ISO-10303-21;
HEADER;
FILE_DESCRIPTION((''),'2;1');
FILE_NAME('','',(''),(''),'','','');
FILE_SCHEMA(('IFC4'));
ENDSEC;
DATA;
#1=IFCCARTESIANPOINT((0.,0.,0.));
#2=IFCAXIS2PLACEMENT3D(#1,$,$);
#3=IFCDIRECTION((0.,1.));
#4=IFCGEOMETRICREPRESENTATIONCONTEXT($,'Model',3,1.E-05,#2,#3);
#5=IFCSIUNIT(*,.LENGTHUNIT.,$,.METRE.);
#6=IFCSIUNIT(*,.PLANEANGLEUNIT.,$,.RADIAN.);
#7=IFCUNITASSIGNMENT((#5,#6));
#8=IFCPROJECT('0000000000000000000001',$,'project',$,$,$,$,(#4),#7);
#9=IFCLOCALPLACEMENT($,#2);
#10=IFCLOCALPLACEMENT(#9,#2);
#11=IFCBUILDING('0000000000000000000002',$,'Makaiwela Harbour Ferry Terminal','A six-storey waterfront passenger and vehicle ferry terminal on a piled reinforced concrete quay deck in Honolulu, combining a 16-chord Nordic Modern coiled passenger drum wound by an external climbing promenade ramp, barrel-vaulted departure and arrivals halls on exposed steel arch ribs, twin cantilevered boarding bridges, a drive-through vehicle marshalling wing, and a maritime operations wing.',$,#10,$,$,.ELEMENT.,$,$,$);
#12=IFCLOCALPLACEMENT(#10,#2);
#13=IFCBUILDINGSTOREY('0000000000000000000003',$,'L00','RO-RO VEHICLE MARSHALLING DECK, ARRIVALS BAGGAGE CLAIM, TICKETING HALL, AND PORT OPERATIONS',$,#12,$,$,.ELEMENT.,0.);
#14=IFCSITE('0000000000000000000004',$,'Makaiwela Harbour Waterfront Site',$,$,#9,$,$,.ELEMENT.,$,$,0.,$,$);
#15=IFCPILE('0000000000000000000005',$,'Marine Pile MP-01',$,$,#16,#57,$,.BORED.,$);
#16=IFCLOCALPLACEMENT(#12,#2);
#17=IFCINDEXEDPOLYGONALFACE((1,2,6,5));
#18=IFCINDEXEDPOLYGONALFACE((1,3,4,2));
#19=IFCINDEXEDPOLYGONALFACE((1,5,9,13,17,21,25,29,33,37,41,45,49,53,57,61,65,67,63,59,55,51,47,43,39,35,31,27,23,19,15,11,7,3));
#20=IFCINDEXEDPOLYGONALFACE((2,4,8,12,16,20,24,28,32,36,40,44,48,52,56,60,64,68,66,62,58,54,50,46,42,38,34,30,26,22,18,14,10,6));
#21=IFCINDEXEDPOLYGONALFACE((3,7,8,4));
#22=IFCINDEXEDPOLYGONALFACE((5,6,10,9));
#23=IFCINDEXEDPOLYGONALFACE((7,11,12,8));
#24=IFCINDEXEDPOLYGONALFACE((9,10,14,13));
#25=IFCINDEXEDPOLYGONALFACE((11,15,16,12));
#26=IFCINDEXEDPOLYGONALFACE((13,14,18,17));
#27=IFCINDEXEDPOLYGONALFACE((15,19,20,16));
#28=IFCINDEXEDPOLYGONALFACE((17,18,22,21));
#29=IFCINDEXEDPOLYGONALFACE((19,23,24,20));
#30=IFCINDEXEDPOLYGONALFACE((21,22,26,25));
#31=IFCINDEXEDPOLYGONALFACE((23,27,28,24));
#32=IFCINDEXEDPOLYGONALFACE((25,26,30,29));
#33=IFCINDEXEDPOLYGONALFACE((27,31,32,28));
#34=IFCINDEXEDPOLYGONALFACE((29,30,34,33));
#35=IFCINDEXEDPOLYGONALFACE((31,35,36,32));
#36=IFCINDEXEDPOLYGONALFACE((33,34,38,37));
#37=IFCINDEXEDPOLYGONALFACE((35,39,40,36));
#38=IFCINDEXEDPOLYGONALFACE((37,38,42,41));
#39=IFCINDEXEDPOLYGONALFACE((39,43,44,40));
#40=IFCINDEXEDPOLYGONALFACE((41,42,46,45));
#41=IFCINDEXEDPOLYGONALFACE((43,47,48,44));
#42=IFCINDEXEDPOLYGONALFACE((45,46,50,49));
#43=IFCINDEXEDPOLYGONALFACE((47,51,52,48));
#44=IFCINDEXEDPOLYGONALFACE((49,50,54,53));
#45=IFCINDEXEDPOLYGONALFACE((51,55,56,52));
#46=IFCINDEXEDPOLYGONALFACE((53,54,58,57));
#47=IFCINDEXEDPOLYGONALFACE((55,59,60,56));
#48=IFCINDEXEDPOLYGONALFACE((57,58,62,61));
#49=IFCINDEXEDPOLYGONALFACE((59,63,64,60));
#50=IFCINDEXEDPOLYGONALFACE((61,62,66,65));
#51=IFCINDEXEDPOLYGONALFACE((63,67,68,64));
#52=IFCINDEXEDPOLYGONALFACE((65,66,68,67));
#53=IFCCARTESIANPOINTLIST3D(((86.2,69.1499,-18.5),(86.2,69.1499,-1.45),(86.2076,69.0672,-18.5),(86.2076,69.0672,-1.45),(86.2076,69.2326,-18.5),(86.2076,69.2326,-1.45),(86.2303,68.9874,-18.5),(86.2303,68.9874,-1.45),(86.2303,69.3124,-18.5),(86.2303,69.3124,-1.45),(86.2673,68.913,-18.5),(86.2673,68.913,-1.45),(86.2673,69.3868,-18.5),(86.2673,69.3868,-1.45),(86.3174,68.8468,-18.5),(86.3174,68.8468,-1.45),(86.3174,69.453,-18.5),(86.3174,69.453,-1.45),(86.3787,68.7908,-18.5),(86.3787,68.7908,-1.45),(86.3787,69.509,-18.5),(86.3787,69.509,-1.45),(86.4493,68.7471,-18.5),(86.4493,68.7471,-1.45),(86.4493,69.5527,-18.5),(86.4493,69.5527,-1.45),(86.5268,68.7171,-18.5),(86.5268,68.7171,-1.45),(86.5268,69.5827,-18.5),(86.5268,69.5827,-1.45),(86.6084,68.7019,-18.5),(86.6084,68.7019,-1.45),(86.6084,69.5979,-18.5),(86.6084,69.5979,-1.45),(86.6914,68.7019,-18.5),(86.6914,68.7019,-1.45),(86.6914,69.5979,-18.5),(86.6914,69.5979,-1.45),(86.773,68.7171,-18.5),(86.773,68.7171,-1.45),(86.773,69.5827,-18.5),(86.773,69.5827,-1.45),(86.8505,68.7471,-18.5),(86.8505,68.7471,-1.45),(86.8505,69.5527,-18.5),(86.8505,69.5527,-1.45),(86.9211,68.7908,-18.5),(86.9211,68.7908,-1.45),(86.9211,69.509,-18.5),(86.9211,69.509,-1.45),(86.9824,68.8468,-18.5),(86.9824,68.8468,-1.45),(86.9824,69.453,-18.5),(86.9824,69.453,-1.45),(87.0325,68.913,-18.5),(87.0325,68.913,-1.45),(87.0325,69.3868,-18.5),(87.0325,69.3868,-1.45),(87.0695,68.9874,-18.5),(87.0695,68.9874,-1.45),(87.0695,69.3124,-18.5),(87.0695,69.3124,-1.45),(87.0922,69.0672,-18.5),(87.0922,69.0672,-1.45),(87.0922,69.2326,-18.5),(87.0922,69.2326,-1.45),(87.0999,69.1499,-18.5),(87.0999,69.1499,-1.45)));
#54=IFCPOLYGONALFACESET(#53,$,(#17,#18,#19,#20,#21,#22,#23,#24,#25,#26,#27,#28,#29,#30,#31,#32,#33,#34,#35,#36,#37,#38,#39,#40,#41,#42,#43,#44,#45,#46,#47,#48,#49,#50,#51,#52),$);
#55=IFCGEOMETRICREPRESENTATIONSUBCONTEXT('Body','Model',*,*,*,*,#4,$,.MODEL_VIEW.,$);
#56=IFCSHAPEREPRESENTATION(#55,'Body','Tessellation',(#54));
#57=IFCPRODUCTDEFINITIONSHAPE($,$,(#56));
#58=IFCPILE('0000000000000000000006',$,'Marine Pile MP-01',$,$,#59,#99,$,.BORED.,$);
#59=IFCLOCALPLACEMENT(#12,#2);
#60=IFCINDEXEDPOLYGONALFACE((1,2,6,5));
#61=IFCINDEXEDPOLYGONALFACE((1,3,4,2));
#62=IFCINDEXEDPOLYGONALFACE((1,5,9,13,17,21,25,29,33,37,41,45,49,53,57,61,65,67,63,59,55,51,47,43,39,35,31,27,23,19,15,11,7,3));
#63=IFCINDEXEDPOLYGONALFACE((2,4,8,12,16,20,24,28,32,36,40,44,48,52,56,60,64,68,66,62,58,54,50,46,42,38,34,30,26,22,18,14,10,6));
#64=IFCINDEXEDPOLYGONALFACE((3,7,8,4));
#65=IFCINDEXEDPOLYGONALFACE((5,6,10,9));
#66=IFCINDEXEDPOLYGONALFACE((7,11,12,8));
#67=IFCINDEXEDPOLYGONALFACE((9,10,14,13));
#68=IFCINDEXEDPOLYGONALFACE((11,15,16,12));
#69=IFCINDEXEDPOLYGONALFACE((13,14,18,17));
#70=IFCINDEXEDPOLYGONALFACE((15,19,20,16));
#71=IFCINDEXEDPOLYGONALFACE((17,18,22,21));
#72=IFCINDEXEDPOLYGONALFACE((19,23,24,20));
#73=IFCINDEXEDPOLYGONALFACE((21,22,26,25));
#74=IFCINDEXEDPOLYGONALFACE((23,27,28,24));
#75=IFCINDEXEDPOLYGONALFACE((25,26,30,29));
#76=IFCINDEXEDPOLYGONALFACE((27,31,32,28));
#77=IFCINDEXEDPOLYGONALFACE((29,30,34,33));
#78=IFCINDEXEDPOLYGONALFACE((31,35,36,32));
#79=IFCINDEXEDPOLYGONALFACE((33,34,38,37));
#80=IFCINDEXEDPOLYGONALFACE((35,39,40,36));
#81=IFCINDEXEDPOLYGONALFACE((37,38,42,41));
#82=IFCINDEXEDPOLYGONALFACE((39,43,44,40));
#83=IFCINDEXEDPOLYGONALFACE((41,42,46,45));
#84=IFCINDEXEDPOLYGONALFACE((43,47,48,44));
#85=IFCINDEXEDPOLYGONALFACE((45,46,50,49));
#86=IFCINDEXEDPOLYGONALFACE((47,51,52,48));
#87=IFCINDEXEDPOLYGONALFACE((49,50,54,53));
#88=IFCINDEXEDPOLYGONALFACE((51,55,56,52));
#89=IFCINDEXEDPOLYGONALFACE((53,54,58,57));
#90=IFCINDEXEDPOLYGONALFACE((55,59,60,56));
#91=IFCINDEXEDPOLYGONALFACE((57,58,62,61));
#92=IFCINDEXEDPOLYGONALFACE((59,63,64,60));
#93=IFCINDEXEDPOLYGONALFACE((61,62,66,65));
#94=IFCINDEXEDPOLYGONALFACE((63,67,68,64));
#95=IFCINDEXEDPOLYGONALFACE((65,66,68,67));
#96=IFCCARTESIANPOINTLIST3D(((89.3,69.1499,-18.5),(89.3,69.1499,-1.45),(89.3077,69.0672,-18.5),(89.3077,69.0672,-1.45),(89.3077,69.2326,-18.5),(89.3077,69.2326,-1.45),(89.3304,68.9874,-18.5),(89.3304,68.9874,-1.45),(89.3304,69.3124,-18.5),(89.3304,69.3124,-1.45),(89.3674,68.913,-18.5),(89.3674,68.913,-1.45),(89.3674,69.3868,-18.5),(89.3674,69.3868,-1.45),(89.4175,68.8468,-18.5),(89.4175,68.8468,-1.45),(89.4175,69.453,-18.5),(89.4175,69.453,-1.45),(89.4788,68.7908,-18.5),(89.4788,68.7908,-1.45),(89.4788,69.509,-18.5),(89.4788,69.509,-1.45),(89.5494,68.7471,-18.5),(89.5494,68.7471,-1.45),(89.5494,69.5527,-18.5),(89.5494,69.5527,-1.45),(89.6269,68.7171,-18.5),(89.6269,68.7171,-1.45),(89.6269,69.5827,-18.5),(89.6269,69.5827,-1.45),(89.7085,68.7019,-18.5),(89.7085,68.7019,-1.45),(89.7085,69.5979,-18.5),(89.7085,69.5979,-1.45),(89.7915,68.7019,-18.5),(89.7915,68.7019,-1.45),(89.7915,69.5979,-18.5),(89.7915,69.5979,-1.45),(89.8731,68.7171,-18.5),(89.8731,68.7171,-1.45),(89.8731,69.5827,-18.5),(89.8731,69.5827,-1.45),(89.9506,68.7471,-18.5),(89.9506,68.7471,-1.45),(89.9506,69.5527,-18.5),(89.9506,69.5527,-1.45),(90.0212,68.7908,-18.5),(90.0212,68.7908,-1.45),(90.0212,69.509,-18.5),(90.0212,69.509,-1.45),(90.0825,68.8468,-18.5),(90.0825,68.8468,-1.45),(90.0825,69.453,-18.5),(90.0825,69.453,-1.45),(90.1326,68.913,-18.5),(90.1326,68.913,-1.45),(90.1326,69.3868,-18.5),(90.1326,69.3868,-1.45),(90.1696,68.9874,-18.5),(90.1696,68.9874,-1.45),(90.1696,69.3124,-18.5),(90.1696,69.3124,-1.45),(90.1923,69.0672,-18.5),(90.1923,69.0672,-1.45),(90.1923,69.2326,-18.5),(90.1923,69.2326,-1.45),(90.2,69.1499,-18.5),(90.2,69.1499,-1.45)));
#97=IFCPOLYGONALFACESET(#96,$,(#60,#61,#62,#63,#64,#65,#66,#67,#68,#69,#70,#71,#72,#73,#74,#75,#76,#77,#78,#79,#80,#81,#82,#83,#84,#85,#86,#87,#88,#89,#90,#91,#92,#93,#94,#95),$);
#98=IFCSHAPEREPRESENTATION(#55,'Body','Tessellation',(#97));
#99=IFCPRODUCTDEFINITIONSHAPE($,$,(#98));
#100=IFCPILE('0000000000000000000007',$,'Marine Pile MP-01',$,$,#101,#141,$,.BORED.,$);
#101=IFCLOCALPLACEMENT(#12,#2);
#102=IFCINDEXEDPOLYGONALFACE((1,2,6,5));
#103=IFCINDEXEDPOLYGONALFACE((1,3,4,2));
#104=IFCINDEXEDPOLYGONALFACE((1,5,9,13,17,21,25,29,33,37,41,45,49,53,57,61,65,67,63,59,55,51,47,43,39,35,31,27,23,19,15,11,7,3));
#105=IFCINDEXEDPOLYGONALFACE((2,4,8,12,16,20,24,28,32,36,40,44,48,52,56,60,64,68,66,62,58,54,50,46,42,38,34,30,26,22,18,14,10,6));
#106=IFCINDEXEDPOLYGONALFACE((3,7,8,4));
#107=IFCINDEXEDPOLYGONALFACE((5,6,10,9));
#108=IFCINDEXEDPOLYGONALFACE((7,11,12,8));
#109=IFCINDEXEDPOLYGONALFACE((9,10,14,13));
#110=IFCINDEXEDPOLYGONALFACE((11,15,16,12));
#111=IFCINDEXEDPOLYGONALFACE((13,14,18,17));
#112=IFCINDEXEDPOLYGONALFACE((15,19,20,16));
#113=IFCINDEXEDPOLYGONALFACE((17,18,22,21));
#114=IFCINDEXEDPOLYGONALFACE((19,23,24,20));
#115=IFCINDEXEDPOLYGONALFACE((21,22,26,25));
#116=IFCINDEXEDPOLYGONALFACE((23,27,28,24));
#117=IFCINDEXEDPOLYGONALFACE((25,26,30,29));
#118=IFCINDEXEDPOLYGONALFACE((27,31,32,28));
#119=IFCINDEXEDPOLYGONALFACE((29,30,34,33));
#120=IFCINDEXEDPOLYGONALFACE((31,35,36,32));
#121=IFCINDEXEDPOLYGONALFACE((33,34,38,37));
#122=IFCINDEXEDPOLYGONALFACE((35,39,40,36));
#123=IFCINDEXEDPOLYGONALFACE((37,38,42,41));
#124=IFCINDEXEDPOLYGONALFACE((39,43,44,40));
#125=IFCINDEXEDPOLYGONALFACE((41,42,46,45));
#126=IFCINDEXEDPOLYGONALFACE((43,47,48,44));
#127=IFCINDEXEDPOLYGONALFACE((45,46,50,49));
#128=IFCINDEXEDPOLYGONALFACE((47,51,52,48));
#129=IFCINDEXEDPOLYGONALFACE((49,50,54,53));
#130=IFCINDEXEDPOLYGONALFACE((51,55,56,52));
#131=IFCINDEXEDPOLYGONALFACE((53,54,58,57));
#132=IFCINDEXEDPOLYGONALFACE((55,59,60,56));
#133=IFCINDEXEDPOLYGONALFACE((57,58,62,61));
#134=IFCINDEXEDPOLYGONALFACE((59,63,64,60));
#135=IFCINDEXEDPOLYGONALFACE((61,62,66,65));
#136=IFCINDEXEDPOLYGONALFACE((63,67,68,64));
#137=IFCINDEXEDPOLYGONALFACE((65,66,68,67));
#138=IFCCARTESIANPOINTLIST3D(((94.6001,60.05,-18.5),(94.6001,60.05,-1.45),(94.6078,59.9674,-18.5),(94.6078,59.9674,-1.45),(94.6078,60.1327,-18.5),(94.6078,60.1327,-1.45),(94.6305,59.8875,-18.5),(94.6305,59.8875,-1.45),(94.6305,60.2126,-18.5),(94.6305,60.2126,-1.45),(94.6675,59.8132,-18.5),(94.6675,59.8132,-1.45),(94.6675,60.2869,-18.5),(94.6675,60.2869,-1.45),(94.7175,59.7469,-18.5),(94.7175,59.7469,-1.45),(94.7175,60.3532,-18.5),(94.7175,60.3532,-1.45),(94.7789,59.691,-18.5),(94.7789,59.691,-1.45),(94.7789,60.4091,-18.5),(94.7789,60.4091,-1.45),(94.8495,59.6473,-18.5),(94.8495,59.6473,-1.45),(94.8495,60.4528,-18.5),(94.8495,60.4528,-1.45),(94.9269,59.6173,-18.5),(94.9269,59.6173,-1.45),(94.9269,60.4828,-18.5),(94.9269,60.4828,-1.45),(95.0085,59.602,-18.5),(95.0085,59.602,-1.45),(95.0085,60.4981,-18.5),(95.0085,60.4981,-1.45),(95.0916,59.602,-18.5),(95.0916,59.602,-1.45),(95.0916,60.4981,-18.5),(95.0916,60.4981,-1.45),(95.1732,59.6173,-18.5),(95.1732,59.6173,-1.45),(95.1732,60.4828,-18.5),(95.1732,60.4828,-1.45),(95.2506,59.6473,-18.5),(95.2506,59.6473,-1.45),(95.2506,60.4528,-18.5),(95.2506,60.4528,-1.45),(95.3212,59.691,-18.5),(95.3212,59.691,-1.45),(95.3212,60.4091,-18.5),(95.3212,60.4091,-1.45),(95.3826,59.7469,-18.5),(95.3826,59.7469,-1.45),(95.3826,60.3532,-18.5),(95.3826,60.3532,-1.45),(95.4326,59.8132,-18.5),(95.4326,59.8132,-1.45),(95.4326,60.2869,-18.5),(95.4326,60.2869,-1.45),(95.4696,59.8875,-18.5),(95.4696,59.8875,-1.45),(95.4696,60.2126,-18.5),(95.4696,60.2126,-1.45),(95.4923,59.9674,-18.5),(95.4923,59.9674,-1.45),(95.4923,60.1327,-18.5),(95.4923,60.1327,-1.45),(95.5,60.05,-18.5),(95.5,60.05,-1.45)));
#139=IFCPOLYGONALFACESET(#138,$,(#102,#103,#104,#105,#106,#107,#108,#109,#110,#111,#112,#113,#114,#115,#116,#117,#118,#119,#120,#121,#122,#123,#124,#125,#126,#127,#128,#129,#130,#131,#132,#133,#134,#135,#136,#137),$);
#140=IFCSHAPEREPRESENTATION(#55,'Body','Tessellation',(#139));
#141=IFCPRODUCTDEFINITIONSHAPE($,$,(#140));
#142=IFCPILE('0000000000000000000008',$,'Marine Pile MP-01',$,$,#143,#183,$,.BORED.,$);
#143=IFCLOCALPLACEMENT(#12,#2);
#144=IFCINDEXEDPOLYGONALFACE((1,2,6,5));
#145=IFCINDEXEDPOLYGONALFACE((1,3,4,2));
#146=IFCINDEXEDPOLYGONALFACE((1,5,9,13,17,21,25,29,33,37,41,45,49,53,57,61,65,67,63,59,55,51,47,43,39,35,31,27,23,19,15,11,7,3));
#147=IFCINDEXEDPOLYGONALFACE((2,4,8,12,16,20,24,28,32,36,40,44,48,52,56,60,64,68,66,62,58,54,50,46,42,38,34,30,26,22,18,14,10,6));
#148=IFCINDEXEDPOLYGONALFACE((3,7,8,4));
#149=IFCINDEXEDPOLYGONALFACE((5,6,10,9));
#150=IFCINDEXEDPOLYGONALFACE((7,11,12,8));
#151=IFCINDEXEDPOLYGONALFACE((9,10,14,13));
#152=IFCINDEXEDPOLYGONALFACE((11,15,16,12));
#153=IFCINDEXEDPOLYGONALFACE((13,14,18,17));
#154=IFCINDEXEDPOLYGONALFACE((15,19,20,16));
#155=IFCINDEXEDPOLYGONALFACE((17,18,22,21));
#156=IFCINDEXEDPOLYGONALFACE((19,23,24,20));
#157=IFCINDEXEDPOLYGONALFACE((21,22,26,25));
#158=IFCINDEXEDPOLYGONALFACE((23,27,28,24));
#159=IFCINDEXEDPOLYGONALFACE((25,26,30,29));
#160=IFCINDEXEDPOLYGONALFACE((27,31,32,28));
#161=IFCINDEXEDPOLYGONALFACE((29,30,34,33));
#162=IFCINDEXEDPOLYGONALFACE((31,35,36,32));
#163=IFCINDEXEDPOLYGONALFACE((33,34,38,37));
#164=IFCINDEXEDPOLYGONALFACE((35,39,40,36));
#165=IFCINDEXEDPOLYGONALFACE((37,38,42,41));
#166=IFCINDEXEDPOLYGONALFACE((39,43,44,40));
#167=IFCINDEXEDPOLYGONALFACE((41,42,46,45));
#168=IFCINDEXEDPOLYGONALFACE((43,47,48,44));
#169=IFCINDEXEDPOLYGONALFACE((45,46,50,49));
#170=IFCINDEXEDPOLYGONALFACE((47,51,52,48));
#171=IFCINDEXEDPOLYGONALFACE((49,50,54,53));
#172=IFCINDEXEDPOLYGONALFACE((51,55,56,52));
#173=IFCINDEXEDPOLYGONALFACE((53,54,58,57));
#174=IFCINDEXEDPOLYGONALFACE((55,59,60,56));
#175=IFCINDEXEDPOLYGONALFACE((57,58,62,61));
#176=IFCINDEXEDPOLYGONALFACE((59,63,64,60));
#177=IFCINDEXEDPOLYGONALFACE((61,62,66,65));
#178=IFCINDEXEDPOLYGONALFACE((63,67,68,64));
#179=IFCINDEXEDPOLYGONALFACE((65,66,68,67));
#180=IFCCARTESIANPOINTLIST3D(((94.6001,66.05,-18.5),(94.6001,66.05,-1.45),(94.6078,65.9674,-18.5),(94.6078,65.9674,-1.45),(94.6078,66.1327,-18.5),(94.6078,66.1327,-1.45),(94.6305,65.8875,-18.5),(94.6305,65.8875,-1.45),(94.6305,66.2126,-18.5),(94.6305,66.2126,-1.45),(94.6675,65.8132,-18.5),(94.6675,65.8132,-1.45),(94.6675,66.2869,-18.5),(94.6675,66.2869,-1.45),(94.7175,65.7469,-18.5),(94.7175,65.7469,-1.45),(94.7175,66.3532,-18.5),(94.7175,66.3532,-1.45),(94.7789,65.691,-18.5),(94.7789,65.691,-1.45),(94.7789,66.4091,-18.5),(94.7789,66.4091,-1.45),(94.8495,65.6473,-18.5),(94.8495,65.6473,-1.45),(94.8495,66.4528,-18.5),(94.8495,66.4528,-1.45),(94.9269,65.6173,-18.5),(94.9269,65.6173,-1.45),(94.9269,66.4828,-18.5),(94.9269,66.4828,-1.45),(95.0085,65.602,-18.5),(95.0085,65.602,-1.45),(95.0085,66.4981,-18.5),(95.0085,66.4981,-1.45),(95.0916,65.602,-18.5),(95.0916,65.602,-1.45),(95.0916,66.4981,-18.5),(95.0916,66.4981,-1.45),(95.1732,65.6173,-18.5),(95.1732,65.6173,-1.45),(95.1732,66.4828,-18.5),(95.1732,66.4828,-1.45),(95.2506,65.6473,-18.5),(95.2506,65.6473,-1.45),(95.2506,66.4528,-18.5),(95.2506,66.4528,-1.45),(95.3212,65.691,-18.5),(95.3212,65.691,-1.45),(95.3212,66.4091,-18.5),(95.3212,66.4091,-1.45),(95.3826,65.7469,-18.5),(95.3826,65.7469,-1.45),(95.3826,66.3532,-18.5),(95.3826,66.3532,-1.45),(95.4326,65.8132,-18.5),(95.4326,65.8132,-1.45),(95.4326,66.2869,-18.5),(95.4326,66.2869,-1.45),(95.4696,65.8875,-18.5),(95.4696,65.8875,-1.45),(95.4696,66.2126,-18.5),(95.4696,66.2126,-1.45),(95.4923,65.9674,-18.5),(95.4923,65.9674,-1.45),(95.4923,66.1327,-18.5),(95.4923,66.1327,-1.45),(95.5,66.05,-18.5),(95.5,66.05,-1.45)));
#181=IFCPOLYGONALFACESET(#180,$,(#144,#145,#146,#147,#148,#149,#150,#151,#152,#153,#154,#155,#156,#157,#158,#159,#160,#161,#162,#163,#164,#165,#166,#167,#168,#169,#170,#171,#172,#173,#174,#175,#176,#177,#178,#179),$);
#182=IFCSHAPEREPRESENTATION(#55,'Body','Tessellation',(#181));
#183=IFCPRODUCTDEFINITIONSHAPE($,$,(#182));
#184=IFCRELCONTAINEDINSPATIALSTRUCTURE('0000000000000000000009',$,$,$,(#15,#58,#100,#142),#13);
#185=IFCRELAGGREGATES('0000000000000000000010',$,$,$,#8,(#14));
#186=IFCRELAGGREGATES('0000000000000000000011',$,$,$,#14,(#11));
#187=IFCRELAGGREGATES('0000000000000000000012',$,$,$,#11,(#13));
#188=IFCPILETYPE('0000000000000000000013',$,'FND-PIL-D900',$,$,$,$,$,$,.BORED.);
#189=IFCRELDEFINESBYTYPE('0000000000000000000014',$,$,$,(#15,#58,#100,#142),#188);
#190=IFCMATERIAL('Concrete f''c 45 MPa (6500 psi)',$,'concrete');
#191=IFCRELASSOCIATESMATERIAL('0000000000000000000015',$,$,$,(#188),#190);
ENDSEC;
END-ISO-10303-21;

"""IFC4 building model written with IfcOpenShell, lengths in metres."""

from ifc_helpers import new_model, si_unit, direction, frame, origin, origin_2d, place, context, subcontext, project, spatial, circle, extrude, material, material_profile, profile_set, type_object, element, save


model = new_model("IFC4")

# Units and contexts
model_context = context("Model", 3, precision=1e-05, world=origin(), true_north=direction((0.0, 1.0)))
body_context = subcontext(model_context, "Body", "Model", "MODEL_VIEW")
ifc_project = project(units=[si_unit("LENGTHUNIT", "METRE"), si_unit("PLANEANGLEUNIT", "RADIAN")], contexts=[model_context])

# Site, building, storey
site_placement = place(None, origin())
site = spatial("IfcSite", under=ifc_project, at=site_placement, Name="Makaiwela Harbour Waterfront Site", CompositionType="ELEMENT", RefElevation=0.0)
building_placement = place(site_placement, origin())
building = spatial("IfcBuilding", under=site, at=building_placement, Name="Makaiwela Harbour Ferry Terminal", Description="A six-storey waterfront passenger and vehicle ferry terminal on a piled reinforced concrete quay deck in Honolulu, combining a 16-chord Nordic Modern coiled passenger drum wound by an external climbing promenade ramp, barrel-vaulted departure and arrivals halls on exposed steel arch ribs, twin cantilevered boarding bridges, a drive-through vehicle marshalling wing, and a maritime operations wing.", CompositionType="ELEMENT")
storey_placement = place(building_placement, origin())
storey = spatial("IfcBuildingStorey", under=building, at=storey_placement, Name="L00", Description="RO-RO VEHICLE MARSHALLING DECK, ARRIVALS BAGGAGE CLAIM, TICKETING HALL, AND PORT OPERATIONS", CompositionType="ELEMENT", Elevation=0.0)

# Shared definitions
ifc_material_1 = material(Name="Concrete f'c 45 MPa (6500 psi)", Category="concrete")

# Piles
ifc_material_profile_1 = material_profile(ifc_material_1, circle(Radius=0.45, at=origin_2d()), Name="PILE-D900")
ifc_profile_set_1 = profile_set([ifc_material_profile_1], Name="Concrete f'c 45 MPa (6500 psi)")
pile_type = type_object("IfcPileType", Name="FND-PIL-D900", PredefinedType="BORED", material=ifc_profile_set_1)
for number, where, z_axis, x_axis, name in (
    (1, (86.6499, 69.1499, -1.45), (0.0, 0.0, -1.0), (1.0, 0.0, 0.0), "Marine Pile MP-01"),
    (2, (89.75, 69.1499, -1.45), (0.0, 0.0, -1.0), (1.0, 0.0, 0.0), "Marine Pile MP-01"),
    (3, (95.05, 60.05, -1.45), (0.0, 0.0, -1.0), (1.0, 0.0, 0.0), "Marine Pile MP-01"),
    (4, (95.05, 66.05, -1.45), (0.0, 0.0, -1.0), (1.0, 0.0, 0.0), "Marine Pile MP-01"),
):
    element("IfcPile", number, at=place(storey_placement, frame(where, z_axis=z_axis, x_axis=x_axis)), inside=storey, type_object=pile_type, Name=name, PredefinedType="BORED", context=body_context, shape_type="SweptSolid", body=[
        extrude(circle(Radius=0.45, at=origin_2d()), origin(), (0.0, 0.0, 1.0), 17.05),
    ])

save(model, "model.ifc")
